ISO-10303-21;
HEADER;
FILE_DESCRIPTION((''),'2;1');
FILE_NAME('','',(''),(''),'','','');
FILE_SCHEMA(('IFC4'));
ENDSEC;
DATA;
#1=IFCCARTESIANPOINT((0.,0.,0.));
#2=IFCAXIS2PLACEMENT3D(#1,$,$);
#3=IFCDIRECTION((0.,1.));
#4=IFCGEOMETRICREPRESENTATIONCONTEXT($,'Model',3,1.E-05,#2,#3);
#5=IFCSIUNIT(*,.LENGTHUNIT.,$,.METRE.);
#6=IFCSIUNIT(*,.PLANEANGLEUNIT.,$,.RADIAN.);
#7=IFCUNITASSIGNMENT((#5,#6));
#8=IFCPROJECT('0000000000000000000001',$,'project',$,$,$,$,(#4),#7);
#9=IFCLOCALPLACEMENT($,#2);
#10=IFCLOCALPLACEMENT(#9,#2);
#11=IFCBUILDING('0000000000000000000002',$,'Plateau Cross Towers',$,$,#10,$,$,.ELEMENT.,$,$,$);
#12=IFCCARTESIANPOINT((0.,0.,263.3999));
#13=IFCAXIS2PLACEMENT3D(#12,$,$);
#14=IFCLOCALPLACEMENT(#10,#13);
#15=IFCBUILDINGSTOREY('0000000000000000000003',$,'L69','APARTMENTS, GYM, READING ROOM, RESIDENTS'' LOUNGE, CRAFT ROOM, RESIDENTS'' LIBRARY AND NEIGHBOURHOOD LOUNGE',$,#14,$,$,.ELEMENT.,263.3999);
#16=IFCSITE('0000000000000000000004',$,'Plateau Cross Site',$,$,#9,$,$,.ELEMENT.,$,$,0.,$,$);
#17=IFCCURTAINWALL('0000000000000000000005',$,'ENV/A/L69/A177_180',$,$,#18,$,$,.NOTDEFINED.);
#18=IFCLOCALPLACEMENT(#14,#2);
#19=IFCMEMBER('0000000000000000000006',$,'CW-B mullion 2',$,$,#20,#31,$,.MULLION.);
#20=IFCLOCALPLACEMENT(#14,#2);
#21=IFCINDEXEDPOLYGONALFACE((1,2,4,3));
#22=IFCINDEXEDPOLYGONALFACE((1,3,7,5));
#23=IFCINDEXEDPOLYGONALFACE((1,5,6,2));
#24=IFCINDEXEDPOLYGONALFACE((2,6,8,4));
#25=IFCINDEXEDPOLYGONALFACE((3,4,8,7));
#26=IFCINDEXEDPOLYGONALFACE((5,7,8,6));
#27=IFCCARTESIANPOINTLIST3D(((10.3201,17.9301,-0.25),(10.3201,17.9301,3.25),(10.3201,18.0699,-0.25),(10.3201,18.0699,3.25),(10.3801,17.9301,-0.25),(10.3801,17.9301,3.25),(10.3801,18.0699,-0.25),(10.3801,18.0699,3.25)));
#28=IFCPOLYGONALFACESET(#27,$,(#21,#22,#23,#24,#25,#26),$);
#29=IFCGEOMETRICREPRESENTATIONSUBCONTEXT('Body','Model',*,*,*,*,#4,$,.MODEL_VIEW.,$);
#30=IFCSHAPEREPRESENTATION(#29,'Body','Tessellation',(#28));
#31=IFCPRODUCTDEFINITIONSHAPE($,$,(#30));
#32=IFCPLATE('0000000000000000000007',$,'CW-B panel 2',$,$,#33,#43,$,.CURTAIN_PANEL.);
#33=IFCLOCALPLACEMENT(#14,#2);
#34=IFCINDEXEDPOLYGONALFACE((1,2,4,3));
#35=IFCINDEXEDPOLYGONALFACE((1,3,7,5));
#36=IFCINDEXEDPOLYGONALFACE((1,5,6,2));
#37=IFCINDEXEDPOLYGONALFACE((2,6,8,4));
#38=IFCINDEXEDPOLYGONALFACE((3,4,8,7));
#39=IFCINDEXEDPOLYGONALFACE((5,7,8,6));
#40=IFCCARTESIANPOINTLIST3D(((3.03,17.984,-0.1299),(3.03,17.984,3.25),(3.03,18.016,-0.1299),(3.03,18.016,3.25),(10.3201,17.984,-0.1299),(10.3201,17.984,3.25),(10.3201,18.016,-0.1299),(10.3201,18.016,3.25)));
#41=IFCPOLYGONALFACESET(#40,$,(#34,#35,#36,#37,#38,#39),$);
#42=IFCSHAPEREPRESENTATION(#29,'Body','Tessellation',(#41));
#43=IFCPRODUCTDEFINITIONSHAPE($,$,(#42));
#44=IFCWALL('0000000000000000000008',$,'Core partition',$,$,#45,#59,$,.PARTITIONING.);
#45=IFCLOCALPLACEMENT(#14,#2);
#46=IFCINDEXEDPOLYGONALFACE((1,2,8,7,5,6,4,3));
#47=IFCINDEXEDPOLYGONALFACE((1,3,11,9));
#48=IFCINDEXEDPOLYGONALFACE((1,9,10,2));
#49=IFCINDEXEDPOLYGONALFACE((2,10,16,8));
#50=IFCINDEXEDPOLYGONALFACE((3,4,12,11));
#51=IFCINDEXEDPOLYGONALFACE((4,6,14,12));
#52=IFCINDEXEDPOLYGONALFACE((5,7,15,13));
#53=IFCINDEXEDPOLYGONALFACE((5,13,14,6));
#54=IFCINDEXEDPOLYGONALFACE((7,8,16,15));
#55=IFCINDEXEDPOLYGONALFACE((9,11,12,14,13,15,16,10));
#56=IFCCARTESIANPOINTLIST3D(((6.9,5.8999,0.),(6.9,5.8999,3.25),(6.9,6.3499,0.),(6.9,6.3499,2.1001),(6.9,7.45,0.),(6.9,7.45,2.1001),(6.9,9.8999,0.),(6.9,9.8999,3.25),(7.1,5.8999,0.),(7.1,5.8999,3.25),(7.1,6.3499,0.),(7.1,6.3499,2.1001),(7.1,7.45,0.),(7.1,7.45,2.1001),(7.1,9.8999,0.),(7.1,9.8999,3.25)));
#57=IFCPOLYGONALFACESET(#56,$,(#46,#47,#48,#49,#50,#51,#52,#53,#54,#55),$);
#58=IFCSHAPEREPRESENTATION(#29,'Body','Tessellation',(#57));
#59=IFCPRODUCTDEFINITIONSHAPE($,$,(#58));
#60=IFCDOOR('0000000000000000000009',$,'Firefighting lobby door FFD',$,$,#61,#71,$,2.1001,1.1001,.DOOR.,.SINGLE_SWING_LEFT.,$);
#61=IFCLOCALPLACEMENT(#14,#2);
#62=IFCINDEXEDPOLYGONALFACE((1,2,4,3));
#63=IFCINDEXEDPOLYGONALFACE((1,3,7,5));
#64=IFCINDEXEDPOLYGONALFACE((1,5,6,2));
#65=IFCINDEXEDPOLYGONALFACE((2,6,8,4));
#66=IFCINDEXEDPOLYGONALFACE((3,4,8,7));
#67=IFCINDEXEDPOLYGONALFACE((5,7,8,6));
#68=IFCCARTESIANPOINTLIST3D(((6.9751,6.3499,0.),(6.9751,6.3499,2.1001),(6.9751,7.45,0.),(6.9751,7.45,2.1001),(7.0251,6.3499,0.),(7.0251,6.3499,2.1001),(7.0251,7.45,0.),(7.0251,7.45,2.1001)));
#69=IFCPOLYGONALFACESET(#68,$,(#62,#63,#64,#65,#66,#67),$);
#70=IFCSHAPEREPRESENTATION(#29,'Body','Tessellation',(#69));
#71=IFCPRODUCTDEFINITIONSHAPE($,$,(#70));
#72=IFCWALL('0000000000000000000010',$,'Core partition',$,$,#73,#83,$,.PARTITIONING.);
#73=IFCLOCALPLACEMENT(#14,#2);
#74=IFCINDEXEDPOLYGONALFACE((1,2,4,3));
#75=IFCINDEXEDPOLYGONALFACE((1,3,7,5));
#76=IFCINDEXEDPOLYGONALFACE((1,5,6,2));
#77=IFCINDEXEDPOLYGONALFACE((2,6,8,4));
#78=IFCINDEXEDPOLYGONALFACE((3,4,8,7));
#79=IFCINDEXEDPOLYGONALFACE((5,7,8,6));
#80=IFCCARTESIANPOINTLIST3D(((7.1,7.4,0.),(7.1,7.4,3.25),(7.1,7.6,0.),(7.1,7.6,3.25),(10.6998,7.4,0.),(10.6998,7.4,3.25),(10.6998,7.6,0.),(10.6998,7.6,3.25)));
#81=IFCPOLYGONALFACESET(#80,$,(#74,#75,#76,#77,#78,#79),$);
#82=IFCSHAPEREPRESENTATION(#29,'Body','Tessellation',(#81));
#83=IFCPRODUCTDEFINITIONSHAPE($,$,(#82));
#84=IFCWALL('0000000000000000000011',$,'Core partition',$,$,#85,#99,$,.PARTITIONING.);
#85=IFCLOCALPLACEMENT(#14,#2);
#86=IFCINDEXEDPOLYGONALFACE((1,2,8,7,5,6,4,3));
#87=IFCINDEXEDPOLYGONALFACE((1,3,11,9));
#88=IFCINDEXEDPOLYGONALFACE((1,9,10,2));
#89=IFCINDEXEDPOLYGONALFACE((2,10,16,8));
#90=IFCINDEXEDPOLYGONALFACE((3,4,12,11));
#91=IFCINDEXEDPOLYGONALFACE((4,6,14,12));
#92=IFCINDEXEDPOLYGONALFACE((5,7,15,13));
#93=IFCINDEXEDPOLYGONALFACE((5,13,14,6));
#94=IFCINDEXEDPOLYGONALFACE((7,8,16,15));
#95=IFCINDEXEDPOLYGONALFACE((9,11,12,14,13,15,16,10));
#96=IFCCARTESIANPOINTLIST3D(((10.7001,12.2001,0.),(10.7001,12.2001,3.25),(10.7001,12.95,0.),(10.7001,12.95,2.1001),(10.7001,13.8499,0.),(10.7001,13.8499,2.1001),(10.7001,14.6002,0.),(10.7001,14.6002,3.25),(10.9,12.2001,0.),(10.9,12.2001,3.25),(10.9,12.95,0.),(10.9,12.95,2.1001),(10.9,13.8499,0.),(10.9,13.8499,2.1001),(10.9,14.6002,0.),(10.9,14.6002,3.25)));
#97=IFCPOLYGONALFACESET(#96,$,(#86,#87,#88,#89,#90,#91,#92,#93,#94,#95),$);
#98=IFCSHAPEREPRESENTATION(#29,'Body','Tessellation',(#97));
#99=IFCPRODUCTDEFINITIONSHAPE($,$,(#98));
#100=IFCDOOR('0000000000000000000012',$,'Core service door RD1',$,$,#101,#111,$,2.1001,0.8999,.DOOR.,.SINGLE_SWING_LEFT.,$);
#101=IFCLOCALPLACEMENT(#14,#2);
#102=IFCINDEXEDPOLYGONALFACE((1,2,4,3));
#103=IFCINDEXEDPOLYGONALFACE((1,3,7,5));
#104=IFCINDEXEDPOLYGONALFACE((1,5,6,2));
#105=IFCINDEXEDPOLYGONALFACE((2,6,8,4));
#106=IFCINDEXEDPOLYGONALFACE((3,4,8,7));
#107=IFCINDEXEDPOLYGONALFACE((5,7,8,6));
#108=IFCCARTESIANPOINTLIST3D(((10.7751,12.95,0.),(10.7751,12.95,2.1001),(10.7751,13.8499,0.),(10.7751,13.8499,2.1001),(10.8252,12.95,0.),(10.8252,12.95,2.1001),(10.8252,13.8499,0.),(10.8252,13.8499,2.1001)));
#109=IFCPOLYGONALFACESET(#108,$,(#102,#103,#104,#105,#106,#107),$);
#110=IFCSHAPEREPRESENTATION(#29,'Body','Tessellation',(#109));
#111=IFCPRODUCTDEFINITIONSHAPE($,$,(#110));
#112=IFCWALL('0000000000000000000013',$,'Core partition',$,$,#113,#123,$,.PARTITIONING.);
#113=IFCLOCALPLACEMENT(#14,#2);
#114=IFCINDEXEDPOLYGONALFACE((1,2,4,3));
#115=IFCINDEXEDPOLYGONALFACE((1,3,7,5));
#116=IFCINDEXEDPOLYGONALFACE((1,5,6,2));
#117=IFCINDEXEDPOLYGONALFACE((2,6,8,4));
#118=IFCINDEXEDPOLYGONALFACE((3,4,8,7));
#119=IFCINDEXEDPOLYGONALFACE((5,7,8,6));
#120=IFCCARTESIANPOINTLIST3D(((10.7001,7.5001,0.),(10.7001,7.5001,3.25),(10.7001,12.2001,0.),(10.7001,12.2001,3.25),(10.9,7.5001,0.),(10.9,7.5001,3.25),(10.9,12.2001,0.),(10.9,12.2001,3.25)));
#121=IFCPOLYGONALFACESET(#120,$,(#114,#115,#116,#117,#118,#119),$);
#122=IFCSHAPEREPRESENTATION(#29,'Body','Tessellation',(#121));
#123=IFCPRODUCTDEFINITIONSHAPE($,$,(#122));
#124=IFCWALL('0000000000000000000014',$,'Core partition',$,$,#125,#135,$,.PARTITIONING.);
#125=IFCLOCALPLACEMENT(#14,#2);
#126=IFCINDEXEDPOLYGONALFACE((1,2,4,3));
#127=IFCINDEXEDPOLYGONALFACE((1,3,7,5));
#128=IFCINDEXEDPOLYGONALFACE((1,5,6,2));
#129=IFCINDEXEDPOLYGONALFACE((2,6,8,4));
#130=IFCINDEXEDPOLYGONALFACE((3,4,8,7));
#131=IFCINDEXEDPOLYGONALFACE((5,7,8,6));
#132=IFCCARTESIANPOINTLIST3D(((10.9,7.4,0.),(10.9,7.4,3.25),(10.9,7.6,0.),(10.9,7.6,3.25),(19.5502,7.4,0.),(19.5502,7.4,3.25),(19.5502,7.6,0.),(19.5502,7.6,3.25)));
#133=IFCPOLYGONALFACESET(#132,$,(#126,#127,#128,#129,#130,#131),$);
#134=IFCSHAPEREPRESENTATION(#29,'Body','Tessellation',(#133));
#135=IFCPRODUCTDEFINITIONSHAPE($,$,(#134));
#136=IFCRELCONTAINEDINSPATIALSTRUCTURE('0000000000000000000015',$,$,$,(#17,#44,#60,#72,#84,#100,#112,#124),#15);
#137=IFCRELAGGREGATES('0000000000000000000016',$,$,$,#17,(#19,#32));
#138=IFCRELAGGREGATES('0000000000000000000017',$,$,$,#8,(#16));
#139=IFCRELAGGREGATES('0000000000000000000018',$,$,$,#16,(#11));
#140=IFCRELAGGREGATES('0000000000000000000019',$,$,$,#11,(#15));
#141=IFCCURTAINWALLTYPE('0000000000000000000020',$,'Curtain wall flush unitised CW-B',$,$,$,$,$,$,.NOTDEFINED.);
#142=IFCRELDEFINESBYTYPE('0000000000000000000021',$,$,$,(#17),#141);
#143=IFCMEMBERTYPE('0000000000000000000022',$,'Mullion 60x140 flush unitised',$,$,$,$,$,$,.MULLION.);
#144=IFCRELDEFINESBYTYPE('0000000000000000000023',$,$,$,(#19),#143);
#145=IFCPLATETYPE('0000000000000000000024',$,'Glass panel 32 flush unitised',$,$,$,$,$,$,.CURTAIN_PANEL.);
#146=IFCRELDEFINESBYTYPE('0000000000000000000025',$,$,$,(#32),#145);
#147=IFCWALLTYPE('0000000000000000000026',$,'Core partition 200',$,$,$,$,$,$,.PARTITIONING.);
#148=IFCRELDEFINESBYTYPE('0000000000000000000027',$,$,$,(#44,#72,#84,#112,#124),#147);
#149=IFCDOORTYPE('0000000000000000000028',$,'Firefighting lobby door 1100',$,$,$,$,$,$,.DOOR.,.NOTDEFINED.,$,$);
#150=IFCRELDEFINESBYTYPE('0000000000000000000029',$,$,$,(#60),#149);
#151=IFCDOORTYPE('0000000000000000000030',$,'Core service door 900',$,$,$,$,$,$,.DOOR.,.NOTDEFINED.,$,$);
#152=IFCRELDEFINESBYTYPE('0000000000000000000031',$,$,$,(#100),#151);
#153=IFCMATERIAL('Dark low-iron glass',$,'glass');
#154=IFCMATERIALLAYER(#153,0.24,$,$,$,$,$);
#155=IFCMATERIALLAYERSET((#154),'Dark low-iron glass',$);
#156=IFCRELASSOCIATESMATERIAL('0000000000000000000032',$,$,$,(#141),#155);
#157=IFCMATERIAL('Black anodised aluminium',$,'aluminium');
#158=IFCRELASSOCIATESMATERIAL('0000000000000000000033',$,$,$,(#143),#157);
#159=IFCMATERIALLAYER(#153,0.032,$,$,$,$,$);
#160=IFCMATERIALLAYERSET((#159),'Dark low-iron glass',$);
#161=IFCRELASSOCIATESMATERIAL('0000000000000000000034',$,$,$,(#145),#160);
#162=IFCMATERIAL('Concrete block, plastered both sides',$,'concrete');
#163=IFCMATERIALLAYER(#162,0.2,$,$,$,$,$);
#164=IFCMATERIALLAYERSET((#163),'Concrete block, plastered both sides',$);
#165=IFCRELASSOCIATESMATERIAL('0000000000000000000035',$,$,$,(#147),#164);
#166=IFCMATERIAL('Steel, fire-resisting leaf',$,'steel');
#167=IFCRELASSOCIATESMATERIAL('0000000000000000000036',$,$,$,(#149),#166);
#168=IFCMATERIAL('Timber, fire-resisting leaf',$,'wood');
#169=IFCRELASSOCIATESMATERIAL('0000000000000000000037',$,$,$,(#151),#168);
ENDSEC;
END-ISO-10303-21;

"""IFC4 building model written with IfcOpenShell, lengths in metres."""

from ifc_helpers import new_model, si_unit, direction, frame, frame_2d, origin, origin_2d, place, context, subcontext, project, spatial, rectangle, extrude, material, layer, layer_set, material_profile, profile_set, type_object, element, fill, aggregate, save


model = new_model("IFC4")

# Units and contexts
model_context = context("Model", 3, precision=1e-05, world=origin(), true_north=direction((0.0, 1.0)))
body_context = subcontext(model_context, "Body", "Model", "MODEL_VIEW")
ifc_project = project(units=[si_unit("LENGTHUNIT", "METRE"), si_unit("PLANEANGLEUNIT", "RADIAN")], contexts=[model_context])

# Site, building, storey
site_placement = place(None, origin())
site = spatial("IfcSite", under=ifc_project, at=site_placement, Name="Plateau Cross Site", CompositionType="ELEMENT", RefElevation=0.0)
building_placement = place(site_placement, origin())
building = spatial("IfcBuilding", under=site, at=building_placement, Name="Plateau Cross Towers", CompositionType="ELEMENT")
storey_placement = place(building_placement, frame((0.0, 0.0, 263.3999)))
storey = spatial("IfcBuildingStorey", under=building, at=storey_placement, Name="L69", Description="APARTMENTS, GYM, READING ROOM, RESIDENTS' LOUNGE, CRAFT ROOM, RESIDENTS' LIBRARY AND NEIGHBOURHOOD LOUNGE", CompositionType="ELEMENT", Elevation=263.3999)

# Curtain wall, member, plate
ifc_material_1 = material(Name="Dark low-iron glass", Category="glass")
ifc_layer_1 = layer(ifc_material_1, 0.24)
ifc_layer_set_1 = layer_set([ifc_layer_1], Name="Dark low-iron glass")
curtain_wall_type = type_object("IfcCurtainWallType", Name="Curtain wall flush unitised CW-B", PredefinedType="NOTDEFINED", material=ifc_layer_set_1)
curtain_wall_placement = place(storey_placement, origin())
curtain_wall = element("IfcCurtainWall", 1, at=curtain_wall_placement, inside=storey, type_object=curtain_wall_type, Name="ENV/A/L69/A177_180", PredefinedType="NOTDEFINED")
ifc_material_2 = material(Name="Black anodised aluminium", Category="aluminium")
ifc_material_profile = material_profile(ifc_material_2, rectangle(XDim=0.0601, YDim=0.1399, at=origin_2d()), Name="MULLION 60x140")
ifc_profile_set = profile_set([ifc_material_profile], Name="Black anodised aluminium")
member_type = type_object("IfcMemberType", Name="Mullion 60x140 flush unitised", PredefinedType="MULLION", material=ifc_profile_set)
member_placement = place(storey_placement, frame((10.3501, 18.0, -0.25), z_axis=(0.0, 0.0, 1.0), x_axis=(-1.0, 0.0, 0.0)))
member = element("IfcMember", 2, at=member_placement, type_object=member_type, Name="CW-B mullion 2", PredefinedType="MULLION", context=body_context, shape_type="SweptSolid", body=[
    extrude(rectangle(XDim=0.0601, YDim=0.1399, at=origin_2d()), origin(), (0.0, 0.0, 1.0), 3.5),
])
ifc_layer_2 = layer(ifc_material_1, 0.032)
ifc_layer_set_2 = layer_set([ifc_layer_2], Name="Dark low-iron glass")
plate_type = type_object("IfcPlateType", Name="Glass panel 32 flush unitised", PredefinedType="CURTAIN_PANEL", material=ifc_layer_set_2)
plate_placement = place(storey_placement, frame((6.675, 18.0, -0.1299), z_axis=(0.0, 0.0, 1.0), x_axis=(-1.0, 0.0, 0.0)))
plate = element("IfcPlate", 3, at=plate_placement, type_object=plate_type, Name="CW-B panel 2", PredefinedType="CURTAIN_PANEL", context=body_context, shape_type="SweptSolid", body=[
    extrude(rectangle(XDim=7.29, YDim=0.032, at=origin_2d()), origin(), (0.0, 0.0, 1.0), 3.3799),
])
aggregate(curtain_wall, [member, plate])

# Wall, opening, door
ifc_material_3 = material(Name="Concrete block, plastered both sides", Category="concrete")
ifc_layer_3 = layer(ifc_material_3, 0.2)
ifc_layer_set_3 = layer_set([ifc_layer_3], Name="Concrete block, plastered both sides")
wall_type_1 = type_object("IfcWallType", Name="Core partition 200", PredefinedType="PARTITIONING", material=ifc_layer_set_3)
wall_1_placement = place(storey_placement, frame((7.0, 5.8999, 0.0), z_axis=(0.0, 0.0, 1.0), x_axis=(0.0, 1.0, 0.0)))
wall_1 = element("IfcWall", 4, at=wall_1_placement, inside=storey, type_object=wall_type_1, Name="Core partition", PredefinedType="PARTITIONING", context=body_context, shape_type="SweptSolid", body=[
    extrude(rectangle(XDim=4.0, YDim=0.2, at=frame_2d((2.0, 0.0))), origin(), (0.0, 0.0, 1.0), 3.25),
])
opening_1_placement = place(wall_1_placement, frame((0.45, 0.0, 0.0)))
opening_1 = element("IfcOpeningElement", 5, at=opening_1_placement, cuts=wall_1, PredefinedType="OPENING", context=body_context, shape_type="SweptSolid", body=[
    extrude(rectangle(XDim=1.1001, YDim=2.1001, at=frame_2d((0.55, 1.05))), frame((0.0, 0.1099, 0.0), z_axis=(0.0, -1.0, 0.0), x_axis=(1.0, 0.0, 0.0)), (0.0, 0.0, 1.0), 0.22),
])
ifc_material_4 = material(Name="Steel, fire-resisting leaf", Category="steel")
door_type_1 = type_object("IfcDoorType", Name="Firefighting lobby door 1100", OperationType="NOTDEFINED", PredefinedType="DOOR", material=ifc_material_4)
door_1_placement = place(opening_1_placement, origin())
door_1 = element("IfcDoor", 6, at=door_1_placement, inside=storey, type_object=door_type_1, Name="Firefighting lobby door FFD", OperationType="SINGLE_SWING_LEFT", OverallHeight=2.1001, OverallWidth=1.1001, PredefinedType="DOOR", context=body_context, shape_type="SweptSolid", body=[
    extrude(rectangle(XDim=1.1001, YDim=2.1001, at=frame_2d((0.55, 1.05))), frame((0.0, 0.0249, 0.0), z_axis=(0.0, -1.0, 0.0), x_axis=(1.0, 0.0, 0.0)), (0.0, 0.0, 1.0), 0.05),
])
fill(opening_1, door_1)

# Wall
wall_2_placement = place(storey_placement, frame((7.1001, 7.5, 0.0), z_axis=(0.0, 0.0, 1.0), x_axis=(1.0, 0.0, 0.0)))
element("IfcWall", 7, at=wall_2_placement, inside=storey, type_object=wall_type_1, Name="Core partition", PredefinedType="PARTITIONING", context=body_context, shape_type="SweptSolid", body=[
    extrude(rectangle(XDim=3.5999, YDim=0.2, at=frame_2d((1.7998, 0.0))), origin(), (0.0, 0.0, 1.0), 3.25),
])

# Wall, opening, door
wall_3_placement = place(storey_placement, frame((10.8, 12.2, 0.0), z_axis=(0.0, 0.0, 1.0), x_axis=(0.0, 1.0, 0.0)))
wall_3 = element("IfcWall", 8, at=wall_3_placement, inside=storey, type_object=wall_type_1, Name="Core partition", PredefinedType="PARTITIONING", context=body_context, shape_type="SweptSolid", body=[
    extrude(rectangle(XDim=2.4001, YDim=0.2, at=frame_2d((1.2002, 0.0))), origin(), (0.0, 0.0, 1.0), 3.25),
])
opening_2_placement = place(wall_3_placement, frame((0.75, 0.0, 0.0)))
opening_2 = element("IfcOpeningElement", 9, at=opening_2_placement, cuts=wall_3, PredefinedType="OPENING", context=body_context, shape_type="SweptSolid", body=[
    extrude(rectangle(XDim=0.8999, YDim=2.1001, at=frame_2d((0.45, 1.05))), frame((0.0, 0.1099, 0.0), z_axis=(0.0, -1.0, 0.0), x_axis=(1.0, 0.0, 0.0)), (0.0, 0.0, 1.0), 0.22),
])
ifc_material_5 = material(Name="Timber, fire-resisting leaf", Category="wood")
door_type_2 = type_object("IfcDoorType", Name="Core service door 900", OperationType="NOTDEFINED", PredefinedType="DOOR", material=ifc_material_5)
door_2_placement = place(opening_2_placement, origin())
door_2 = element("IfcDoor", 10, at=door_2_placement, inside=storey, type_object=door_type_2, Name="Core service door RD1", OperationType="SINGLE_SWING_LEFT", OverallHeight=2.1001, OverallWidth=0.8999, PredefinedType="DOOR", context=body_context, shape_type="SweptSolid", body=[
    extrude(rectangle(XDim=0.8999, YDim=2.1001, at=frame_2d((0.45, 1.05))), frame((0.0, 0.0249, 0.0), z_axis=(0.0, -1.0, 0.0), x_axis=(1.0, 0.0, 0.0)), (0.0, 0.0, 1.0), 0.05),
])
fill(opening_2, door_2)

# Walls
wall_4_placement = place(storey_placement, frame((10.8, 7.5, 0.0), z_axis=(0.0, 0.0, 1.0), x_axis=(0.0, 1.0, 0.0)))
element("IfcWall", 11, at=wall_4_placement, inside=storey, type_object=wall_type_1, Name="Core partition", PredefinedType="PARTITIONING", context=body_context, shape_type="SweptSolid", body=[
    extrude(rectangle(XDim=4.7, YDim=0.2, at=frame_2d((2.3501, 0.0))), origin(), (0.0, 0.0, 1.0), 3.25),
])
wall_5_placement = place(storey_placement, frame((10.8999, 7.5, 0.0), z_axis=(0.0, 0.0, 1.0), x_axis=(1.0, 0.0, 0.0)))
element("IfcWall", 12, at=wall_5_placement, inside=storey, type_object=wall_type_1, Name="Core partition", PredefinedType="PARTITIONING", context=body_context, shape_type="SweptSolid", body=[
    extrude(rectangle(XDim=8.6501, YDim=0.2, at=frame_2d((4.3252, 0.0))), origin(), (0.0, 0.0, 1.0), 3.25),
])

save(model, "model.ifc")
